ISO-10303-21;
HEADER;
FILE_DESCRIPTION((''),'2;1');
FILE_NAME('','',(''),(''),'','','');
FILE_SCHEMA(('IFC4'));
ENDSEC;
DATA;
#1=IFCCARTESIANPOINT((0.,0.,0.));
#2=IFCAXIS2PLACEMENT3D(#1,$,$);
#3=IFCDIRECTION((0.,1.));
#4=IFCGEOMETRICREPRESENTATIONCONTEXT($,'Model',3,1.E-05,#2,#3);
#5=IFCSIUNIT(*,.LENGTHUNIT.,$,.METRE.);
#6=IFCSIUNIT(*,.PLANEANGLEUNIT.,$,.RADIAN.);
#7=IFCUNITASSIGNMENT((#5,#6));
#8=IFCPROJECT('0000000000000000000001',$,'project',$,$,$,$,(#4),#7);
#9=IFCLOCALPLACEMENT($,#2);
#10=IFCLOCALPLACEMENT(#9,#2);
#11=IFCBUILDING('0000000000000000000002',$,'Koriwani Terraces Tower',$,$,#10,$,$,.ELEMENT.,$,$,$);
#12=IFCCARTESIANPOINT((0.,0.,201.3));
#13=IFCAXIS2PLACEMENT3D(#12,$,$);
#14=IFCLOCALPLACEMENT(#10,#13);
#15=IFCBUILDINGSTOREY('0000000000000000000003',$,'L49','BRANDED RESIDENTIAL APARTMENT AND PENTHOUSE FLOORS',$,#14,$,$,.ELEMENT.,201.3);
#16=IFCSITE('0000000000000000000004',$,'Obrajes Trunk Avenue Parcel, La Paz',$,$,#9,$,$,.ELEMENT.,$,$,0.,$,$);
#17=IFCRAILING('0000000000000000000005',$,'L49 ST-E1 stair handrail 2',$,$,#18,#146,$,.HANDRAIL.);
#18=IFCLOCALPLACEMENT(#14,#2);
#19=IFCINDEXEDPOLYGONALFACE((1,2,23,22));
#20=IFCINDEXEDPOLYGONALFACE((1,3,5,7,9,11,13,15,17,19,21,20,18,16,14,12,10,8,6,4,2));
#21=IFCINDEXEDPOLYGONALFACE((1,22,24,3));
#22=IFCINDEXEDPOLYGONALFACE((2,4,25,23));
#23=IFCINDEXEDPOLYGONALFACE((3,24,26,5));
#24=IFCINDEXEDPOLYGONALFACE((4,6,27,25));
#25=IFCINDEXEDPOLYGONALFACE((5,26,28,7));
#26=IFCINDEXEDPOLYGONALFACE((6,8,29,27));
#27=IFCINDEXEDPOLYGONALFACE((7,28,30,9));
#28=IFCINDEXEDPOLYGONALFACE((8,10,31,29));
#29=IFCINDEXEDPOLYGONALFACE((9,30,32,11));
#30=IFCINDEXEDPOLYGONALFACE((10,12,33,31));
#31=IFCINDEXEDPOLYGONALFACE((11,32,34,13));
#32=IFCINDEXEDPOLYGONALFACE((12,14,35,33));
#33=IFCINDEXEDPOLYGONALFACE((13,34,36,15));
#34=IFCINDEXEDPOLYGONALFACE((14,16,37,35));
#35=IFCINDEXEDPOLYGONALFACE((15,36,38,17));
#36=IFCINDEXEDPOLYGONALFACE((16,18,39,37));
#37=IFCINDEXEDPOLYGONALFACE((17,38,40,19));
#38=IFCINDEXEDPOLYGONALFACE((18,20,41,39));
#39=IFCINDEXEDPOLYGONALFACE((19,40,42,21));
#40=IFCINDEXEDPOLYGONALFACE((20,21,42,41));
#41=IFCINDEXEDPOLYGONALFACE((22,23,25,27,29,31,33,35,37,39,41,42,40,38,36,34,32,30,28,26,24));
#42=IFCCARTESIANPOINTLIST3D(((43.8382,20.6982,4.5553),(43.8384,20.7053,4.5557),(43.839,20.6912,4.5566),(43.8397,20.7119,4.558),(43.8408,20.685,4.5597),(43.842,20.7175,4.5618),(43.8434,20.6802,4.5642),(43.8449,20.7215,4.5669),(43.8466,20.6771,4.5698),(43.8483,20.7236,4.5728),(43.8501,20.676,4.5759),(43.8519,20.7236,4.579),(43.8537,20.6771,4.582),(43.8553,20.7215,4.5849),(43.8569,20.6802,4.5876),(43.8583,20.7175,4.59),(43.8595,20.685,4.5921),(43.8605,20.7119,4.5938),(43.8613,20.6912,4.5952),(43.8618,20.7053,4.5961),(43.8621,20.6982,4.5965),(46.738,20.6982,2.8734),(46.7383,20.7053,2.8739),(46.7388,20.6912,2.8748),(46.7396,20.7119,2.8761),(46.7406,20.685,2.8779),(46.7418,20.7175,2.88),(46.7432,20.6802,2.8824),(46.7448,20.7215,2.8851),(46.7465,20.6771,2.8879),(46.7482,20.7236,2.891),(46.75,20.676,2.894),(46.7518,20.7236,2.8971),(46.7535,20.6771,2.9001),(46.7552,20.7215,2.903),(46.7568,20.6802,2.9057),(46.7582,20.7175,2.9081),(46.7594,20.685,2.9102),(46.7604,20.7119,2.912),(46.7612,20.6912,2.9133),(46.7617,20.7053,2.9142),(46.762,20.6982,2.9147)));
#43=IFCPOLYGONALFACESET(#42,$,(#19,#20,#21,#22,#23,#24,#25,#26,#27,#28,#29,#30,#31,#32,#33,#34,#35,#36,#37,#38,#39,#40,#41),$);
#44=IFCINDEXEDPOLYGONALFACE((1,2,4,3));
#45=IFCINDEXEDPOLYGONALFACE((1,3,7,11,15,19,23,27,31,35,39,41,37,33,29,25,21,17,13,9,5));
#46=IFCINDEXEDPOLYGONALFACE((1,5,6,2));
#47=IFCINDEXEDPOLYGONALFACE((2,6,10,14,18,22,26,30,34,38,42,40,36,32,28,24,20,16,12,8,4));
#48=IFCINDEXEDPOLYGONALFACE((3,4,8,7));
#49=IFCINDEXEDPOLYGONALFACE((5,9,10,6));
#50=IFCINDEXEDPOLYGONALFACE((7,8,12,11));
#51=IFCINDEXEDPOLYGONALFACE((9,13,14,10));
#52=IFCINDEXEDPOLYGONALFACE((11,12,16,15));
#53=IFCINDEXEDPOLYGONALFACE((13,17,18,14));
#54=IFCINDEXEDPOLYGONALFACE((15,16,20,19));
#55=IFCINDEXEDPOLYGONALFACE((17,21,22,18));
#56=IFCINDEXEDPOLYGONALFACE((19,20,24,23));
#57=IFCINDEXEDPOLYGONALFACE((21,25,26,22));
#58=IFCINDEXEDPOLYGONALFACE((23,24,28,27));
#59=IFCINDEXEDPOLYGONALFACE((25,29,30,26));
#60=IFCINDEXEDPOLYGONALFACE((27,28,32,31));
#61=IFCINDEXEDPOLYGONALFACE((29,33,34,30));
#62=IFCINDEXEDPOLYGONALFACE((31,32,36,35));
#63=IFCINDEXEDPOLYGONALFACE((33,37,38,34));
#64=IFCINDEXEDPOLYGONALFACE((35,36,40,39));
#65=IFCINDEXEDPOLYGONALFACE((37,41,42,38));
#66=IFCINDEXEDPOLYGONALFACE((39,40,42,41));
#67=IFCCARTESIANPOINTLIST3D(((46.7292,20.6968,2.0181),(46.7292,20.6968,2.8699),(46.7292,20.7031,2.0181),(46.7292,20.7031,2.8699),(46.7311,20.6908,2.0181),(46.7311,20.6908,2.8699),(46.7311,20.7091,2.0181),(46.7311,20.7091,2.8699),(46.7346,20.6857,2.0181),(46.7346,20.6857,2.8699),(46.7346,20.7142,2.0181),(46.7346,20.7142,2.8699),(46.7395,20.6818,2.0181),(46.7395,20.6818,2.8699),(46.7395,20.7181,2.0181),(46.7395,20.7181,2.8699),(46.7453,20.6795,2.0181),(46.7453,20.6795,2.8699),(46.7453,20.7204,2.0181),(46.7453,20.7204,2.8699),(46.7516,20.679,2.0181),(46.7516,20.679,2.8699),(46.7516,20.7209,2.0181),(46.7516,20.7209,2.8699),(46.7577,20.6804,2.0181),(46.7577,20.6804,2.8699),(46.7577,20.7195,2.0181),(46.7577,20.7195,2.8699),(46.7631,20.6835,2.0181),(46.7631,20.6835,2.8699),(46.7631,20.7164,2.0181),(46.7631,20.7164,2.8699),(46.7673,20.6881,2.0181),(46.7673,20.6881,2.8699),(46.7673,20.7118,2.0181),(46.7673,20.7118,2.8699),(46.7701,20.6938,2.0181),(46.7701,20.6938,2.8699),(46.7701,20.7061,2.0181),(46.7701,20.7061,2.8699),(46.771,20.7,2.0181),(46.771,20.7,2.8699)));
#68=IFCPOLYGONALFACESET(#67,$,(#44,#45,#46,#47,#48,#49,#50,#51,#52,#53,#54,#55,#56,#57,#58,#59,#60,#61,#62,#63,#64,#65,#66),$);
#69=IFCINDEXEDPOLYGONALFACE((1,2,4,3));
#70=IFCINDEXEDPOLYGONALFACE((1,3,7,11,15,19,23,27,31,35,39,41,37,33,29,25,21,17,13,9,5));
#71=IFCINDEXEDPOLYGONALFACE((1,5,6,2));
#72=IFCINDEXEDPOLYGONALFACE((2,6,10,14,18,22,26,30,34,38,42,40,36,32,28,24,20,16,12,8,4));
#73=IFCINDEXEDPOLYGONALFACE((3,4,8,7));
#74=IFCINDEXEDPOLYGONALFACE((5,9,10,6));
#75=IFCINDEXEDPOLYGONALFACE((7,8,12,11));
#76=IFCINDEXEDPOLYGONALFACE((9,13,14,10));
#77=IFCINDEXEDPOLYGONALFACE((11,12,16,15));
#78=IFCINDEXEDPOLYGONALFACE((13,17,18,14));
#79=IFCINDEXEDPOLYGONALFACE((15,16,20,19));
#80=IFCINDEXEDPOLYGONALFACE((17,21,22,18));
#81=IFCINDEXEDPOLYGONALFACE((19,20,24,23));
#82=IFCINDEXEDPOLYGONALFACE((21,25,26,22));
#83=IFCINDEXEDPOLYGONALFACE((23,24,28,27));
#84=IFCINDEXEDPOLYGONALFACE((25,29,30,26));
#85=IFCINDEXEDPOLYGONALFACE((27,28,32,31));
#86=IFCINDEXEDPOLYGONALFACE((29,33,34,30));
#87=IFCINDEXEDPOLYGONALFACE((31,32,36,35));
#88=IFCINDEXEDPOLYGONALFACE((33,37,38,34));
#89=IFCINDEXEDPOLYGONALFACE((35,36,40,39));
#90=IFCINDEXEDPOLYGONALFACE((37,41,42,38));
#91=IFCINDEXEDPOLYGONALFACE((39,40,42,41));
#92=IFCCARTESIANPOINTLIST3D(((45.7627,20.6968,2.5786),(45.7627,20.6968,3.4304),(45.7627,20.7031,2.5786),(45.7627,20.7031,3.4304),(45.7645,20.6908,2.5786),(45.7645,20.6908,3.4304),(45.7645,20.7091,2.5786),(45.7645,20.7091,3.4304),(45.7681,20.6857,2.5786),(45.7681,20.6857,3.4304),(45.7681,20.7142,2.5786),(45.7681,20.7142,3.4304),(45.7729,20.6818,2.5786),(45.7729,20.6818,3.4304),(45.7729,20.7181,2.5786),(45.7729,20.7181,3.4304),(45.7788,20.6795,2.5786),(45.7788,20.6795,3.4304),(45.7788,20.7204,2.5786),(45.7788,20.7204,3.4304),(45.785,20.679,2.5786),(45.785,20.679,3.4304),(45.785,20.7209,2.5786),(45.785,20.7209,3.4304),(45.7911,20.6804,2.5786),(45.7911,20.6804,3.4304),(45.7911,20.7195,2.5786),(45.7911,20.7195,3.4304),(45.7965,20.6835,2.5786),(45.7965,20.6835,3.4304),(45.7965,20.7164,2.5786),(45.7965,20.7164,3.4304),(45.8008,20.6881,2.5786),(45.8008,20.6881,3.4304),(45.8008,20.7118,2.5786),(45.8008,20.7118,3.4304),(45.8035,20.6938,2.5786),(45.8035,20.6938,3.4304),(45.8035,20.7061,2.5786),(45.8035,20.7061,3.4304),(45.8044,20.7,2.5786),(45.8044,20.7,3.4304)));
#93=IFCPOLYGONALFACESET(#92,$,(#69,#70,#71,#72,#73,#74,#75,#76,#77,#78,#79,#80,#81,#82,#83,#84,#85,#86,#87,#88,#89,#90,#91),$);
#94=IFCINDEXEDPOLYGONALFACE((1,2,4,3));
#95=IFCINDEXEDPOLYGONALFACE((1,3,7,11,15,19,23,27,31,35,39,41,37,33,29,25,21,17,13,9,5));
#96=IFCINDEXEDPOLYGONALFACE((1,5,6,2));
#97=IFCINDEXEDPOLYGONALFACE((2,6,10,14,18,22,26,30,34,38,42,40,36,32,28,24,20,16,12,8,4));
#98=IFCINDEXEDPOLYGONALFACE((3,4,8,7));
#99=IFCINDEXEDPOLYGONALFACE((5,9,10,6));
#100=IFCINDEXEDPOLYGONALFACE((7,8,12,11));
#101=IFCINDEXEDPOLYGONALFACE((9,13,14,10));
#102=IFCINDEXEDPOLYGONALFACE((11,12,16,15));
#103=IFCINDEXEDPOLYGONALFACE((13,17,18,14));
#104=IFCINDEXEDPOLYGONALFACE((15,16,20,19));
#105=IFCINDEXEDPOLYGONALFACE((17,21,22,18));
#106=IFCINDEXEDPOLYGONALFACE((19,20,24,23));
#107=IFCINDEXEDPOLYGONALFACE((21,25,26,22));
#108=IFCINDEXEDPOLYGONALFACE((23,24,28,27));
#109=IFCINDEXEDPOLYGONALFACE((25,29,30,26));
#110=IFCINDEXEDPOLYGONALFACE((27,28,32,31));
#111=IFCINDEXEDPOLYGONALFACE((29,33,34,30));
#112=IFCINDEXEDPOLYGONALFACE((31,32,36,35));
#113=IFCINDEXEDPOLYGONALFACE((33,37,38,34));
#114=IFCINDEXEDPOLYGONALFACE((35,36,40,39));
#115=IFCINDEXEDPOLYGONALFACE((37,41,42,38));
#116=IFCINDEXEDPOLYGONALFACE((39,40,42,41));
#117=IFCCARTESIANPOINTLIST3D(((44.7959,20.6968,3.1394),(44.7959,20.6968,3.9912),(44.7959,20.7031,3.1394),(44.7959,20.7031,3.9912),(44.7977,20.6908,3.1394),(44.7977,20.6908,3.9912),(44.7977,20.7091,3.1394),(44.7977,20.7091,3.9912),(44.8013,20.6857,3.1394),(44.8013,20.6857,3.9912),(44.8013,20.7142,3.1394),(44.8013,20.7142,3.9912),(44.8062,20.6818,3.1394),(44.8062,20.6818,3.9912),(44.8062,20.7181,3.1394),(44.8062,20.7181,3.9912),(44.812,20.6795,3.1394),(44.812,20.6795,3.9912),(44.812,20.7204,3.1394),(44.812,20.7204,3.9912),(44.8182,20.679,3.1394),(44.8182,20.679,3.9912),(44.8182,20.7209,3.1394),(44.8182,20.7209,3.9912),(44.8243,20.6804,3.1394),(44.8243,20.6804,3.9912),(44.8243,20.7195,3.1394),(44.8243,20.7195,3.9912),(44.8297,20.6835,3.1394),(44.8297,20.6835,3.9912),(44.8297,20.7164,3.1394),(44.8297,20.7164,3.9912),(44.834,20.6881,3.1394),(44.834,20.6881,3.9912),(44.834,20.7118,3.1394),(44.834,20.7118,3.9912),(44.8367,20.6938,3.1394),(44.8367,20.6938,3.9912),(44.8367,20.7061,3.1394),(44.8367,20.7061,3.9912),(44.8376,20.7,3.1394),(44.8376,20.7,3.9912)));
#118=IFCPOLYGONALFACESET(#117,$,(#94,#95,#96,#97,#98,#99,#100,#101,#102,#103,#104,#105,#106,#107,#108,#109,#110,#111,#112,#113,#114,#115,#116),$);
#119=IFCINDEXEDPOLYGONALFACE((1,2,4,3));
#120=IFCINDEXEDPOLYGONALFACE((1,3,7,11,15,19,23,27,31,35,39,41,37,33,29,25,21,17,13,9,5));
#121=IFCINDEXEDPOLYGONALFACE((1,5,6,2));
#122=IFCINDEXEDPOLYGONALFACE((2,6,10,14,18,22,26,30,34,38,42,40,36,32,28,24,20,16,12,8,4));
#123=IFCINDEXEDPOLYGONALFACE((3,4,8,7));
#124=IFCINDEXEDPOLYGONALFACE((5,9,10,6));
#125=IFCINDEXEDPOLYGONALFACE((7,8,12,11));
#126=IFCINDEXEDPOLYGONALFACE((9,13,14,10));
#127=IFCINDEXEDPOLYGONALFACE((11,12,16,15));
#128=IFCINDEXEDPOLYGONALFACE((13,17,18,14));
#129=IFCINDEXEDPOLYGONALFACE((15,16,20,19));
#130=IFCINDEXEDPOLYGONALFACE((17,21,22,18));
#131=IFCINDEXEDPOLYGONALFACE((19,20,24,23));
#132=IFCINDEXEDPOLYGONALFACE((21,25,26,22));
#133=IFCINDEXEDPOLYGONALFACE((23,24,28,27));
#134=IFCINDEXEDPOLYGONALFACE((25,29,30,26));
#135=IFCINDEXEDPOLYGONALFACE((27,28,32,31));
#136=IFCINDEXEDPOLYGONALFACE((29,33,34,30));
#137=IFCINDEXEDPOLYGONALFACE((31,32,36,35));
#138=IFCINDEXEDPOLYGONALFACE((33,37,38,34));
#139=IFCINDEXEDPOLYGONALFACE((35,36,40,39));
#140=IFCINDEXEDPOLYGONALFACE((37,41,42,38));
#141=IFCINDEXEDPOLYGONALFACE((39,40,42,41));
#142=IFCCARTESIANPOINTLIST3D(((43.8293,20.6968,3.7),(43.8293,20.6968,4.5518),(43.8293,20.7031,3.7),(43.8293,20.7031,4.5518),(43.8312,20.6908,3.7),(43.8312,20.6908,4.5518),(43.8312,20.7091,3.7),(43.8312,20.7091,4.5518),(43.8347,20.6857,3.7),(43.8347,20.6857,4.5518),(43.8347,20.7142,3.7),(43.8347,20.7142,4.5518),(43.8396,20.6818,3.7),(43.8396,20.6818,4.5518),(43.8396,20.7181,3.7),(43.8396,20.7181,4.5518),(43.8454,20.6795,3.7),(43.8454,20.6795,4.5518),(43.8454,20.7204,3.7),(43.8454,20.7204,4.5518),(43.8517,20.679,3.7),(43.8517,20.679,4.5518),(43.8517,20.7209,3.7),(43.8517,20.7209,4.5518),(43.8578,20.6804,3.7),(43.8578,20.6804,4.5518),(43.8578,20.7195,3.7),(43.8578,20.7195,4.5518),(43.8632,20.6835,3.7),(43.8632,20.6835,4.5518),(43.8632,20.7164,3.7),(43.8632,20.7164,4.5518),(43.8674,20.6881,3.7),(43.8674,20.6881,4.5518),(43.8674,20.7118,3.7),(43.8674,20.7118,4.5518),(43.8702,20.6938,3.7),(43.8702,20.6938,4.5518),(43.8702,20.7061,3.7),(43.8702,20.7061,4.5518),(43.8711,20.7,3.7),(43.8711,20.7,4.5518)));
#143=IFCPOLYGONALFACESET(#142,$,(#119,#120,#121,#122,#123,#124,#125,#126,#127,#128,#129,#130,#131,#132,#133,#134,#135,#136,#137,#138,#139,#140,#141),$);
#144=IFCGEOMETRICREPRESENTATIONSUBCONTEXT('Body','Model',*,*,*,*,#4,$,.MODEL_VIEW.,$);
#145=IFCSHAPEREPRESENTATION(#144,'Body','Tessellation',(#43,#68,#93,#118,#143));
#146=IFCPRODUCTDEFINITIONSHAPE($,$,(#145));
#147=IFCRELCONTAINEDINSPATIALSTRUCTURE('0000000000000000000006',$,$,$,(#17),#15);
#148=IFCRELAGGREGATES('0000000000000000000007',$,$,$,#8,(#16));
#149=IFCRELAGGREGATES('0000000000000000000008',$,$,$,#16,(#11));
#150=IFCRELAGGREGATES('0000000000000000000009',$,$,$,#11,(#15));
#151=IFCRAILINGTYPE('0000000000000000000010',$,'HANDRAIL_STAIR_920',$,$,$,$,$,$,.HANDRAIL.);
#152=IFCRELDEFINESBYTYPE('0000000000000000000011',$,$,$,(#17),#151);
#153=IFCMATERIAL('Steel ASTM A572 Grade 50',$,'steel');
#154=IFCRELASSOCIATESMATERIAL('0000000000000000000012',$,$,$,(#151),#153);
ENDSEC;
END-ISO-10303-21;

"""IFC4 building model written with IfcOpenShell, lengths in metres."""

from ifc_helpers import new_model, si_unit, direction, frame, origin, origin_2d, place, context, subcontext, project, spatial, circle, extrude, material, type_object, element, save


model = new_model("IFC4")

# Units and contexts
model_context = context("Model", 3, precision=1e-05, world=origin(), true_north=direction((0.0, 1.0)))
body_context = subcontext(model_context, "Body", "Model", "MODEL_VIEW")
ifc_project = project(units=[si_unit("LENGTHUNIT", "METRE"), si_unit("PLANEANGLEUNIT", "RADIAN")], contexts=[model_context])

# Site, building, storey
site_placement = place(None, origin())
site = spatial("IfcSite", under=ifc_project, at=site_placement, Name="Obrajes Trunk Avenue Parcel, La Paz", CompositionType="ELEMENT", RefElevation=0.0)
building_placement = place(site_placement, origin())
building = spatial("IfcBuilding", under=site, at=building_placement, Name="Koriwani Terraces Tower", CompositionType="ELEMENT")
storey_placement = place(building_placement, frame((0.0, 0.0, 201.3)))
storey = spatial("IfcBuildingStorey", under=building, at=storey_placement, Name="L49", Description="BRANDED RESIDENTIAL APARTMENT AND PENTHOUSE FLOORS", CompositionType="ELEMENT", Elevation=201.3)

# Shared definitions
ifc_material_1 = material(Name="Steel ASTM A572 Grade 50", Category="steel")

# Railing
railing_type = type_object("IfcRailingType", Name="HANDRAIL_STAIR_920", PredefinedType="HANDRAIL", material=ifc_material_1)
railing_placement = place(storey_placement, frame((46.75, 20.7, 2.0181)))
element("IfcRailing", 1, at=railing_placement, inside=storey, type_object=railing_type, Name="L49 ST-E1 stair handrail 2", PredefinedType="HANDRAIL", context=body_context, shape_type="SweptSolid", body=[
    extrude(circle(Radius=0.0239, at=origin_2d()), frame((0.0, 0.0, 0.876), z_axis=(-0.865039, 0.0, 0.501705), x_axis=(0.0, -1.0, 0.0)), (0.0, 0.0, 1.0), 3.3523),
    extrude(circle(Radius=0.021, at=origin_2d()), origin(), (0.0, 0.0, 1.0), 0.8518),
    extrude(circle(Radius=0.021, at=origin_2d()), frame((-0.9666, 0.0, 0.5605)), (0.0, 0.0, 1.0), 0.8518),
    extrude(circle(Radius=0.021, at=origin_2d()), frame((-1.9333, 0.0, 1.1213)), (0.0, 0.0, 1.0), 0.8518),
    extrude(circle(Radius=0.021, at=origin_2d()), frame((-2.8999, 0.0, 1.6819)), (0.0, 0.0, 1.0), 0.8518),
])

save(model, "model.ifc")
